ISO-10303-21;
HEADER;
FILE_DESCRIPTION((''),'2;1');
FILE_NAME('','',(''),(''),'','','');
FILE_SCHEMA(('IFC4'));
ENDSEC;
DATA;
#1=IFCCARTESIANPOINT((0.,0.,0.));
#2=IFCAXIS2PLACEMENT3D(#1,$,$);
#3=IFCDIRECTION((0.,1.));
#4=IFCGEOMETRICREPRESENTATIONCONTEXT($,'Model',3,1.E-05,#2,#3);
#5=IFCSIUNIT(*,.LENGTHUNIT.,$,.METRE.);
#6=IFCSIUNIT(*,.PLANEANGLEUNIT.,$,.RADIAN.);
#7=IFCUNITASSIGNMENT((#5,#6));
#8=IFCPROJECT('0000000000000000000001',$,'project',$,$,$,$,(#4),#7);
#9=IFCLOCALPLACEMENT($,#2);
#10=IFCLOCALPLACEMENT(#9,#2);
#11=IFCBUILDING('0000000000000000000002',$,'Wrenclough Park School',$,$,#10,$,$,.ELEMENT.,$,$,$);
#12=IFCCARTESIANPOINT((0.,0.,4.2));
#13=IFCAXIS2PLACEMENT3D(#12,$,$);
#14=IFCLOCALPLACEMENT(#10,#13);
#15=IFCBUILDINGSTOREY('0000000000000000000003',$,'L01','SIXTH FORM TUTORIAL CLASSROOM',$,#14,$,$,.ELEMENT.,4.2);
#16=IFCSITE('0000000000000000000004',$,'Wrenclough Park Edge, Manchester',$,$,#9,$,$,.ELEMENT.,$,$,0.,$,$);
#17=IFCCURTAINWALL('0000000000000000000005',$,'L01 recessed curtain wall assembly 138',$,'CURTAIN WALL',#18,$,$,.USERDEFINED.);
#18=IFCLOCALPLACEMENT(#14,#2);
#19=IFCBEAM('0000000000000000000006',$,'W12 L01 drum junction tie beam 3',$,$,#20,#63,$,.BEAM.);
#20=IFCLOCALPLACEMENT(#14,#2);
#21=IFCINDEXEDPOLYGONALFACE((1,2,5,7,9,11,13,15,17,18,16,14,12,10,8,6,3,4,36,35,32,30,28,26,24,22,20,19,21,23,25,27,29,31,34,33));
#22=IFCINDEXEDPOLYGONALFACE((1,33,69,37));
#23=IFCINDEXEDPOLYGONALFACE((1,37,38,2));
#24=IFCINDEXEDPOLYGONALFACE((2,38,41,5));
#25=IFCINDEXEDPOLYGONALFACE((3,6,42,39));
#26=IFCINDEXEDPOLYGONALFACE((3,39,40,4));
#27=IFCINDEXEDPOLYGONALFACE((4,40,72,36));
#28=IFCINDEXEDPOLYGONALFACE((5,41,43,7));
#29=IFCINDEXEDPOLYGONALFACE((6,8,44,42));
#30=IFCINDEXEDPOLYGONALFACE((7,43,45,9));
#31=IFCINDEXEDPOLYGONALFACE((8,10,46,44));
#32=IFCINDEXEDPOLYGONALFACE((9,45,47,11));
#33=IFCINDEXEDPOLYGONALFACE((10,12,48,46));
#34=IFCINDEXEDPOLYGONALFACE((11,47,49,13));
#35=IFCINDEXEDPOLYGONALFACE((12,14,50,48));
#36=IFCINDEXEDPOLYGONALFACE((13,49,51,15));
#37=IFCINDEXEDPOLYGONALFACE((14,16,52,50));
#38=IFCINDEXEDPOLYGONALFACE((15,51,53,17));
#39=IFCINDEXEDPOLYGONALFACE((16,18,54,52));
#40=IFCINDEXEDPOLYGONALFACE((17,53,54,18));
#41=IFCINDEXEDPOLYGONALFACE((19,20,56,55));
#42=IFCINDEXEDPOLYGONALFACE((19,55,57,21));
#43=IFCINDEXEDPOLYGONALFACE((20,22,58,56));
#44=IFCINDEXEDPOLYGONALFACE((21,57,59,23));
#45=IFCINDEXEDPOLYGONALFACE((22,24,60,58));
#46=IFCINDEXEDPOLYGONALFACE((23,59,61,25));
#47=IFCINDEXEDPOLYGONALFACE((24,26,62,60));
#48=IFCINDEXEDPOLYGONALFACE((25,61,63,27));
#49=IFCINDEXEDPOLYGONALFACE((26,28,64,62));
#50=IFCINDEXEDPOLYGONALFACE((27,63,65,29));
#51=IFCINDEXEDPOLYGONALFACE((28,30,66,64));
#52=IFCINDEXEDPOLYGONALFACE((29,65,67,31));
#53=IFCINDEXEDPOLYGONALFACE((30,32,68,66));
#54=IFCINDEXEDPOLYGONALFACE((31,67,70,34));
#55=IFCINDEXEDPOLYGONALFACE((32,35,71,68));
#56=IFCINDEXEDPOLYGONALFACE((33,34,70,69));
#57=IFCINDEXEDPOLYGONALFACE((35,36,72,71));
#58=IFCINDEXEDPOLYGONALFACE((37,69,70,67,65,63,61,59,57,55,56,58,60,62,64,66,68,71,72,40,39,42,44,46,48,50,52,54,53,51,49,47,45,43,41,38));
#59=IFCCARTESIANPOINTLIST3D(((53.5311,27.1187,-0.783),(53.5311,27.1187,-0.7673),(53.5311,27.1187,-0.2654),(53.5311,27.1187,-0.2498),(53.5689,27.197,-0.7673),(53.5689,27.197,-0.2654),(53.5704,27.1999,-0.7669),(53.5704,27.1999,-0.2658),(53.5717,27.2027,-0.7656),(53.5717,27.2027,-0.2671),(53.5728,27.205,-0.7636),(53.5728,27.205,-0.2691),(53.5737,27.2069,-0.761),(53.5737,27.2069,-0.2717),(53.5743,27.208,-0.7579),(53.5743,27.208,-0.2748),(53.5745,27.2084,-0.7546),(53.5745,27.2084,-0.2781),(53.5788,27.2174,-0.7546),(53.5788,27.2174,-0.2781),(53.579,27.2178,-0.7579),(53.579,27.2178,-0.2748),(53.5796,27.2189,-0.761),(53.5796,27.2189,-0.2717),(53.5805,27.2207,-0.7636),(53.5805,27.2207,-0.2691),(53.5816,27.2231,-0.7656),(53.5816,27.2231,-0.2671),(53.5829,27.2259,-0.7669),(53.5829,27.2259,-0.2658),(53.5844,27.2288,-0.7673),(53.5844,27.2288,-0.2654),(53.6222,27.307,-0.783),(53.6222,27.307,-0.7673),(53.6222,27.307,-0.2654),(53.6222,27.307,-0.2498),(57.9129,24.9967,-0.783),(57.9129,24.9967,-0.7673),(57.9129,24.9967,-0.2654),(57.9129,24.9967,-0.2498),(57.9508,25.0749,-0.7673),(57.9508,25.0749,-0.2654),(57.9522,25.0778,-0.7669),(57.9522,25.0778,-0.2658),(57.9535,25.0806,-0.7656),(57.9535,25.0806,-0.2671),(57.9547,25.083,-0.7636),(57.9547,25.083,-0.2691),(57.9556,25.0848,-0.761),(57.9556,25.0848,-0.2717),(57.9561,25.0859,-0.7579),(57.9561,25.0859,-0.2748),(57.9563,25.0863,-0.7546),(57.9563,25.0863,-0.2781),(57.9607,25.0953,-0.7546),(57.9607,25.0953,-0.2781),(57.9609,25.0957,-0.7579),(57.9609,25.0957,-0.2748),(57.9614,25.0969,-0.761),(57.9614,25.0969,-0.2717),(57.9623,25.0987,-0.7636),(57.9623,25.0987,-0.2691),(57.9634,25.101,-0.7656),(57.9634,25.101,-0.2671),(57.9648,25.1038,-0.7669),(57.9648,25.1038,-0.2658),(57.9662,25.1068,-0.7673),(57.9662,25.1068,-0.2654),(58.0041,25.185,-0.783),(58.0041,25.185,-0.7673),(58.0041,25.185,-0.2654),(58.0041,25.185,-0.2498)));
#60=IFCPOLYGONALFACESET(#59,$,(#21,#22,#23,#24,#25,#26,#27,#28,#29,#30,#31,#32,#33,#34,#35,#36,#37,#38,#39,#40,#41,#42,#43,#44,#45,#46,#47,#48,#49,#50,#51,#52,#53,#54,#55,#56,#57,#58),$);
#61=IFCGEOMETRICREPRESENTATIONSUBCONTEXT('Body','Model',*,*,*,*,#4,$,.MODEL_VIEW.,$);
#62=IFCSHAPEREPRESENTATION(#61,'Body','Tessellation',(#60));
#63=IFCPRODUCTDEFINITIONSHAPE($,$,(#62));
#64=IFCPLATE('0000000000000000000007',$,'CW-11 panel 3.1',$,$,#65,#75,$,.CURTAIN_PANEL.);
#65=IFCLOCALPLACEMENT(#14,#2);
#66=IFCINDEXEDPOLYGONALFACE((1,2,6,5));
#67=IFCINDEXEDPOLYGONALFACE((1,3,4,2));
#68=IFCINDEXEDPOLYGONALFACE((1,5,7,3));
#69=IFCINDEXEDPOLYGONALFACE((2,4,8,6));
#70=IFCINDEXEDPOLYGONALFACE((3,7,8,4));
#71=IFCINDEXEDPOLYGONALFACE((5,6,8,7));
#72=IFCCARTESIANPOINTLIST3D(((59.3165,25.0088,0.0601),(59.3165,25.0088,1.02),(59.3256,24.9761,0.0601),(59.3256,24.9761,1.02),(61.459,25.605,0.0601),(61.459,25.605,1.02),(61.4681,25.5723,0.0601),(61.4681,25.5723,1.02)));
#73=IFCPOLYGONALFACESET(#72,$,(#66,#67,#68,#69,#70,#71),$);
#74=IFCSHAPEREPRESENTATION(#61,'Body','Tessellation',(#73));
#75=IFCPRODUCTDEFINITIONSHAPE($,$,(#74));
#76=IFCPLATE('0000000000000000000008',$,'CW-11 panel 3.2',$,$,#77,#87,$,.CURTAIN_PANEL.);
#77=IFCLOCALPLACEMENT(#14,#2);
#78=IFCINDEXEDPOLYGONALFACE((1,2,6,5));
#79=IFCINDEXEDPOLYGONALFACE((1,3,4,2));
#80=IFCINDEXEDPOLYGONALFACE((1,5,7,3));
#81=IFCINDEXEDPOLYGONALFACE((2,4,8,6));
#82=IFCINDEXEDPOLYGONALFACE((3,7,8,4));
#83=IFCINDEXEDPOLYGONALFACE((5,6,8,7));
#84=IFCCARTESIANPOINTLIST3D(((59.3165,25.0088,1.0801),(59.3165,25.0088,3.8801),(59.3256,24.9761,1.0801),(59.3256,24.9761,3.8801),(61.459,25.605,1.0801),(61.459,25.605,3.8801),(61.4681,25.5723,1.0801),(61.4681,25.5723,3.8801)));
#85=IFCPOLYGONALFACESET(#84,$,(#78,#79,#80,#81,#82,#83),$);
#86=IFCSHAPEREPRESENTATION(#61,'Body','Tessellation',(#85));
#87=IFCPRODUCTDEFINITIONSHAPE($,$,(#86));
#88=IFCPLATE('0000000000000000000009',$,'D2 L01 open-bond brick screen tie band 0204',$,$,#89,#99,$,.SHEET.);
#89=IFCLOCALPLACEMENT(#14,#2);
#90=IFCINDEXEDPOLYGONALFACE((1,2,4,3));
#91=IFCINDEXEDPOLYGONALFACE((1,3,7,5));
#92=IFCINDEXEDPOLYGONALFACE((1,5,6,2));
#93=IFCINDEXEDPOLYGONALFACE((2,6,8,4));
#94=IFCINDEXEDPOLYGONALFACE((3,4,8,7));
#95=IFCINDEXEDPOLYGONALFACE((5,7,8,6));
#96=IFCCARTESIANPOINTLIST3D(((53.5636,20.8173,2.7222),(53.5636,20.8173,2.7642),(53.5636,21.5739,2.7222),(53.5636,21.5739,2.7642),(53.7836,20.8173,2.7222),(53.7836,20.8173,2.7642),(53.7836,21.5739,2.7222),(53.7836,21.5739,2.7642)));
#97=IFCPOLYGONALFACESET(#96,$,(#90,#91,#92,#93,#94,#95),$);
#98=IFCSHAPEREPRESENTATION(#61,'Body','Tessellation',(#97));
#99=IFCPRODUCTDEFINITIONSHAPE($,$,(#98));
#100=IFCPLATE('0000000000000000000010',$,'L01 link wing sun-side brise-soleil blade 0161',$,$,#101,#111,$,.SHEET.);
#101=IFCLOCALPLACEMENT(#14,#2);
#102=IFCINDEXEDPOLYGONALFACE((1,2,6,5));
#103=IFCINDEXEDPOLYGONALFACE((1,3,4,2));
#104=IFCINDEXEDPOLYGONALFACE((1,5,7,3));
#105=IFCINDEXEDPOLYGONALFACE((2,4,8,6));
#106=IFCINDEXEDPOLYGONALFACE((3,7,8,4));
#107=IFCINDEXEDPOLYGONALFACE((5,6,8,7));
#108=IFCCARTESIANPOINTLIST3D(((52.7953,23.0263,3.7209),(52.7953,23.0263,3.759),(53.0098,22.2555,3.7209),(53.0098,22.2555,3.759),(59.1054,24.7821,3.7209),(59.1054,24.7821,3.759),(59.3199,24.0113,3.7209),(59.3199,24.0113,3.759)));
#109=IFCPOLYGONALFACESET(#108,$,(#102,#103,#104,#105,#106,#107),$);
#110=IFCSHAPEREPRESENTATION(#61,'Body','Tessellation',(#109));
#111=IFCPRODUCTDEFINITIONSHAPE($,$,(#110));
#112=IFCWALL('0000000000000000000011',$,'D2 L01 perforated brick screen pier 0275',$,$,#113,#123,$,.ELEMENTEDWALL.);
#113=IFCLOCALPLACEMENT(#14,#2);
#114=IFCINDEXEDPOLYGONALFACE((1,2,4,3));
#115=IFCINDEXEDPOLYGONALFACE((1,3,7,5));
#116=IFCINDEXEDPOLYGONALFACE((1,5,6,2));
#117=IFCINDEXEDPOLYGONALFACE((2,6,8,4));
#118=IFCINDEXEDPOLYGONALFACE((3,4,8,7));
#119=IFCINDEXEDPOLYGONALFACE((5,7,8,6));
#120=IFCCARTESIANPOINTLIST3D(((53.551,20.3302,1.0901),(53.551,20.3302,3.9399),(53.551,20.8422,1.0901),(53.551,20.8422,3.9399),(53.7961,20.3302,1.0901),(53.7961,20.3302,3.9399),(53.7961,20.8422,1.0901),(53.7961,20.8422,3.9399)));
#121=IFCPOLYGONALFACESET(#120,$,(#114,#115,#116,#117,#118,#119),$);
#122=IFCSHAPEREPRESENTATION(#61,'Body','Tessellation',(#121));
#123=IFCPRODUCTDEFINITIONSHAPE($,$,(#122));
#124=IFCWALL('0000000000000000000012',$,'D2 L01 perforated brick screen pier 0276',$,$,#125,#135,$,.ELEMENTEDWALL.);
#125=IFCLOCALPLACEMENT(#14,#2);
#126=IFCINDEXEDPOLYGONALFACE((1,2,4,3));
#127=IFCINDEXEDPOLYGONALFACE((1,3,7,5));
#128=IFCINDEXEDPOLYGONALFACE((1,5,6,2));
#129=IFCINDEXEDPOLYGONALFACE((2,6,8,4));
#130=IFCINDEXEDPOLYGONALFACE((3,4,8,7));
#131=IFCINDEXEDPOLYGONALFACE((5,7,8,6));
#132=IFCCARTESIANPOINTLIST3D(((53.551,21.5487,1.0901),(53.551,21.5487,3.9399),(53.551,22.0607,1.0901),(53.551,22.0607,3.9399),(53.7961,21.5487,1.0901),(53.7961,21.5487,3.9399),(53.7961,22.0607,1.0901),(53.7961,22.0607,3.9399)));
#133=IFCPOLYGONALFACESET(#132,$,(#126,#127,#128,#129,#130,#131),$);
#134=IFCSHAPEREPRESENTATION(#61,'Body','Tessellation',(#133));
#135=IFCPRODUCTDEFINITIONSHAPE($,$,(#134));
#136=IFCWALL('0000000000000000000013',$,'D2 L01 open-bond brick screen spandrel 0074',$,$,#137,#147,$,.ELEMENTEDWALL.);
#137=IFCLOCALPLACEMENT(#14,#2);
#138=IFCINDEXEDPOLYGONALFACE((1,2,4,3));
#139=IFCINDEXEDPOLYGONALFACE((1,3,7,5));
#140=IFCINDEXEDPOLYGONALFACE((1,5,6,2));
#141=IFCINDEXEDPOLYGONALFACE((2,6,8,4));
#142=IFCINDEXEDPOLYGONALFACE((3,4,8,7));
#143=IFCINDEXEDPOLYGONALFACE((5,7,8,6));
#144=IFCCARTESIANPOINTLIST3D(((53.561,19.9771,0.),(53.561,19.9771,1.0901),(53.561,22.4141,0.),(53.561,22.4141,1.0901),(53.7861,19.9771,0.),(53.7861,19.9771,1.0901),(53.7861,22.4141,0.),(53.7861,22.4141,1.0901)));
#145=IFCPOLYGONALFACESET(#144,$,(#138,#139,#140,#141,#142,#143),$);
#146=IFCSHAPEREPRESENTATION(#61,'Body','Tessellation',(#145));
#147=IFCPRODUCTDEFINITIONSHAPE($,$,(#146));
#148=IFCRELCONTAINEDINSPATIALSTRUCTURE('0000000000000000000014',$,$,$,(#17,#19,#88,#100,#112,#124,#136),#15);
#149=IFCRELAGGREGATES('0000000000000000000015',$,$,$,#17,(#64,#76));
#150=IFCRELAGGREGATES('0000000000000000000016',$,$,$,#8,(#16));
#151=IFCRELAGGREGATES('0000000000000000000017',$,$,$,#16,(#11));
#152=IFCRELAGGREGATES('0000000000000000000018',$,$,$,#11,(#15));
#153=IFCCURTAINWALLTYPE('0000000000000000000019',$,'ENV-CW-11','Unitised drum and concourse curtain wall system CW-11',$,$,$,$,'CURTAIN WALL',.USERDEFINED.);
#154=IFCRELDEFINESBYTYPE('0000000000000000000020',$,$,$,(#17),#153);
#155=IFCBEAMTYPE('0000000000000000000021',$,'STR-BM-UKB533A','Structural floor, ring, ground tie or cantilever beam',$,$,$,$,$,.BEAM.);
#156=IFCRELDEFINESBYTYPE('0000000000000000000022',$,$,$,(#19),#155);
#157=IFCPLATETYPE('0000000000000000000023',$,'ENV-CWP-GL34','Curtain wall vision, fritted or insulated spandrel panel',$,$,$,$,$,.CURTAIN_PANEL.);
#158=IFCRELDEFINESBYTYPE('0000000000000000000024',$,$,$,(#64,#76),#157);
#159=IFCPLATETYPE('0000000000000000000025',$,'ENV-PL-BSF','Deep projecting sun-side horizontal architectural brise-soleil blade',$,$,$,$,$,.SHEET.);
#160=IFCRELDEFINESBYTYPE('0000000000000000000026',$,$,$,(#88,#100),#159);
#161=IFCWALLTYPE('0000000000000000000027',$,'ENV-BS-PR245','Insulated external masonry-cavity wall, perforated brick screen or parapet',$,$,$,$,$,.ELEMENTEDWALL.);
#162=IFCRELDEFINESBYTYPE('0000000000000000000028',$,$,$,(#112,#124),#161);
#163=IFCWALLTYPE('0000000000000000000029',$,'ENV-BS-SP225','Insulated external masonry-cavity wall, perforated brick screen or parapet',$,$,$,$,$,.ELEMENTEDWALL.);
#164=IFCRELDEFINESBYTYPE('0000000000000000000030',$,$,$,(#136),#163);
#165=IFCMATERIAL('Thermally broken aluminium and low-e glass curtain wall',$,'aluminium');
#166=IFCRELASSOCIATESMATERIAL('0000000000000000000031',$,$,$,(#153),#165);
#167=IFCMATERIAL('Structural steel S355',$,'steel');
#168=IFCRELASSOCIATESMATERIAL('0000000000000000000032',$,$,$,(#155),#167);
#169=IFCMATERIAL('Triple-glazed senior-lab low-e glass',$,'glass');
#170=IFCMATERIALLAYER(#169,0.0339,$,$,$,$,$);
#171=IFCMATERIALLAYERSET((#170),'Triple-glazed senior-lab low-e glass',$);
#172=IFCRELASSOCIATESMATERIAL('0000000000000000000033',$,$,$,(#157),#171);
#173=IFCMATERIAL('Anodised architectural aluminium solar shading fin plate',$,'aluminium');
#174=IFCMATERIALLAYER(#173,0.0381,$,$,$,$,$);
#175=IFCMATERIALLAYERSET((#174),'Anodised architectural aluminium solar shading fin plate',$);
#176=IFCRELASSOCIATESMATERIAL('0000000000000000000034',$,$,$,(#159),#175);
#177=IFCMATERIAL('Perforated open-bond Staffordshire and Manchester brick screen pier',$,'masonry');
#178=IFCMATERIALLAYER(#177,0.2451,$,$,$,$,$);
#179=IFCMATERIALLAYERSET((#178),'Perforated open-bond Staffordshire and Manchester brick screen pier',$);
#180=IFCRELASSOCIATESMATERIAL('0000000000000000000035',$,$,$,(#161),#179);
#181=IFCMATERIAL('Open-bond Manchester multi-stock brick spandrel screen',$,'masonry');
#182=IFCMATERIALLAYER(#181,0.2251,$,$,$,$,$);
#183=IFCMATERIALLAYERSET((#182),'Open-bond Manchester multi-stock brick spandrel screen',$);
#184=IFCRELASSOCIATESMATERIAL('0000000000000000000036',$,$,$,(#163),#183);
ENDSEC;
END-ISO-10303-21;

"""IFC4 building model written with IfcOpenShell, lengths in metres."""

from ifc_helpers import new_model, si_unit, direction, frame, frame_2d, origin, origin_2d, place, context, subcontext, project, spatial, rectangle, i_section, extrude, material, layer, layer_set, material_profile, profile_set, type_object, element, aggregate, save


model = new_model("IFC4")

# Units and contexts
model_context = context("Model", 3, precision=1e-05, world=origin(), true_north=direction((0.0, 1.0)))
body_context = subcontext(model_context, "Body", "Model", "MODEL_VIEW")
ifc_project = project(units=[si_unit("LENGTHUNIT", "METRE"), si_unit("PLANEANGLEUNIT", "RADIAN")], contexts=[model_context])

# Site, building, storey
site_placement = place(None, origin())
site = spatial("IfcSite", under=ifc_project, at=site_placement, Name="Wrenclough Park Edge, Manchester", CompositionType="ELEMENT", RefElevation=0.0)
building_placement = place(site_placement, origin())
building = spatial("IfcBuilding", under=site, at=building_placement, Name="Wrenclough Park School", CompositionType="ELEMENT")
storey_placement = place(building_placement, frame((0.0, 0.0, 4.2)))
storey = spatial("IfcBuildingStorey", under=building, at=storey_placement, Name="L01", Description="SIXTH FORM TUTORIAL CLASSROOM", CompositionType="ELEMENT", Elevation=4.2)

# Shared definitions
ifc_material_1 = material(Name="Structural steel S355", Category="steel")

# Curtain wall
ifc_material_2 = material(Name="Thermally broken aluminium and low-e glass curtain wall", Category="aluminium")
curtain_wall_type_1 = type_object("IfcCurtainWallType", Name="ENV-CW-11", Description="Unitised drum and concourse curtain wall system CW-11", ElementType="CURTAIN WALL", PredefinedType="USERDEFINED", material=ifc_material_2)
curtain_wall_1_placement = place(storey_placement, origin())
curtain_wall_1 = element("IfcCurtainWall", 1, at=curtain_wall_1_placement, inside=storey, type_object=curtain_wall_type_1, Name="L01 recessed curtain wall assembly 138", ObjectType="CURTAIN WALL", PredefinedType="USERDEFINED")

# Beam
ifc_material_profile_1 = material_profile(ifc_material_1, i_section(OverallWidth=0.2092, OverallDepth=0.5332, WebThickness=0.01, FlangeThickness=0.0156, FilletRadius=0.0127, at=origin_2d()), Name="UKB 533x210x92")
ifc_profile_set_1 = profile_set([ifc_material_profile_1], Name="Structural steel S355")
beam_type_1 = type_object("IfcBeamType", Name="STR-BM-UKB533A", Description="Structural floor, ring, ground tie or cantilever beam", PredefinedType="BEAM", material=ifc_profile_set_1)
beam_1_placement = place(storey_placement, frame((57.9585, 25.0908, -0.5164), z_axis=(-0.900012, 0.435865, 0.0), x_axis=(-0.435865, -0.900012, 0.0)))
element("IfcBeam", 2, at=beam_1_placement, inside=storey, type_object=beam_type_1, Name="W12 L01 drum junction tie beam 3", PredefinedType="BEAM", context=body_context, shape_type="SweptSolid", body=[
    extrude(i_section(OverallWidth=0.2092, OverallDepth=0.5332, WebThickness=0.01, FlangeThickness=0.0156, FilletRadius=0.0127, at=origin_2d()), origin(), (0.0, 0.0, 1.0), 4.8687),
])

# Plates
ifc_material_3 = material(Name="Triple-glazed senior-lab low-e glass", Category="glass")
ifc_layer_1 = layer(ifc_material_3, 0.0339)
ifc_layer_set_1 = layer_set([ifc_layer_1], Name="Triple-glazed senior-lab low-e glass")
plate_type_1 = type_object("IfcPlateType", Name="ENV-CWP-GL34", Description="Curtain wall vision, fritted or insulated spandrel panel", PredefinedType="CURTAIN_PANEL", material=ifc_layer_set_1)
plate_1_placement = place(storey_placement, frame((60.3923, 25.2905, 0.0601), z_axis=(0.0, 0.0, 1.0), x_axis=(-0.9634, -0.268069, 0.0)))
plate_1 = element("IfcPlate", 3, at=plate_1_placement, type_object=plate_type_1, Name="CW-11 panel 3.1", PredefinedType="CURTAIN_PANEL", context=body_context, shape_type="SweptSolid", body=[
    extrude(rectangle(XDim=2.2239, YDim=0.0339, at=origin_2d()), origin(), (0.0, 0.0, 1.0), 0.96),
])
plate_2_placement = place(storey_placement, frame((60.3923, 25.2905, 1.0801), z_axis=(0.0, 0.0, 1.0), x_axis=(-0.9634, -0.268069, 0.0)))
plate_2 = element("IfcPlate", 4, at=plate_2_placement, type_object=plate_type_1, Name="CW-11 panel 3.2", PredefinedType="CURTAIN_PANEL", context=body_context, shape_type="SweptSolid", body=[
    extrude(rectangle(XDim=2.2239, YDim=0.0339, at=origin_2d()), origin(), (0.0, 0.0, 1.0), 2.8),
])
aggregate(curtain_wall_1, [plate_1, plate_2])

# Plates
ifc_material_4 = material(Name="Anodised architectural aluminium solar shading fin plate", Category="aluminium")
ifc_layer_2 = layer(ifc_material_4, 0.0381)
ifc_layer_set_2 = layer_set([ifc_layer_2], Name="Anodised architectural aluminium solar shading fin plate")
plate_type_2 = type_object("IfcPlateType", Name="ENV-PL-BSF", Description="Deep projecting sun-side horizontal architectural brise-soleil blade", PredefinedType="SHEET", material=ifc_layer_set_2)
plate_3_placement = place(storey_placement, frame((53.6736, 21.1956, 2.7222), z_axis=(0.0, 0.0, 1.0), x_axis=(0.0, 1.0, 0.0)))
element("IfcPlate", 5, at=plate_3_placement, inside=storey, type_object=plate_type_2, Name="D2 L01 open-bond brick screen tie band 0204", PredefinedType="SHEET", context=body_context, shape_type="SweptSolid", body=[
    extrude(rectangle(XDim=0.7566, YDim=0.22, at=origin_2d()), origin(), (0.0, 0.0, 1.0), 0.042),
])
plate_4_placement = place(storey_placement, frame((56.0576, 23.5188, 3.7209), z_axis=(0.0, 0.0, 1.0), x_axis=(-0.963398, -0.268076, 0.0)))
element("IfcPlate", 6, at=plate_4_placement, inside=storey, type_object=plate_type_2, Name="L01 link wing sun-side brise-soleil blade 0161", PredefinedType="SHEET", context=body_context, shape_type="SweptSolid", body=[
    extrude(rectangle(XDim=6.5498, YDim=0.8, at=origin_2d()), origin(), (0.0, 0.0, 1.0), 0.0381),
])

# Walls
ifc_material_5 = material(Name="Perforated open-bond Staffordshire and Manchester brick screen pier", Category="masonry")
ifc_layer_3 = layer(ifc_material_5, 0.2451)
ifc_layer_set_3 = layer_set([ifc_layer_3], Name="Perforated open-bond Staffordshire and Manchester brick screen pier")
wall_type_1 = type_object("IfcWallType", Name="ENV-BS-PR245", Description="Insulated external masonry-cavity wall, perforated brick screen or parapet", PredefinedType="ELEMENTEDWALL", material=ifc_layer_set_3)
for number, where, z_axis, x_axis, name in (
    (7, (53.6736, 20.3303, 1.0901), (0.0, 0.0, 1.0), (0.0, 1.0, 0.0), "D2 L01 perforated brick screen pier 0275"),
    (8, (53.6736, 21.5488, 1.0901), (0.0, 0.0, 1.0), (0.0, 1.0, 0.0), "D2 L01 perforated brick screen pier 0276"),
):
    element("IfcWall", number, at=place(storey_placement, frame(where, z_axis=z_axis, x_axis=x_axis)), inside=storey, type_object=wall_type_1, Name=name, PredefinedType="ELEMENTEDWALL", context=body_context, shape_type="SweptSolid", body=[
        extrude(rectangle(XDim=0.512, YDim=0.2451, at=frame_2d((0.2559, 0.0))), origin(), (0.0, 0.0, 1.0), 2.8499),
    ])
ifc_material_6 = material(Name="Open-bond Manchester multi-stock brick spandrel screen", Category="masonry")
ifc_layer_4 = layer(ifc_material_6, 0.2251)
ifc_layer_set_4 = layer_set([ifc_layer_4], Name="Open-bond Manchester multi-stock brick spandrel screen")
wall_type_2 = type_object("IfcWallType", Name="ENV-BS-SP225", Description="Insulated external masonry-cavity wall, perforated brick screen or parapet", PredefinedType="ELEMENTEDWALL", material=ifc_layer_set_4)
wall_1_placement = place(storey_placement, frame((53.6736, 19.9771, 0.0), z_axis=(0.0, 0.0, 1.0), x_axis=(0.0, 1.0, 0.0)))
element("IfcWall", 9, at=wall_1_placement, inside=storey, type_object=wall_type_2, Name="D2 L01 open-bond brick screen spandrel 0074", PredefinedType="ELEMENTEDWALL", context=body_context, shape_type="SweptSolid", body=[
    extrude(rectangle(XDim=2.437, YDim=0.2251, at=frame_2d((1.2185, 0.0))), origin(), (0.0, 0.0, 1.0), 1.0901),
])

save(model, "model.ifc")
